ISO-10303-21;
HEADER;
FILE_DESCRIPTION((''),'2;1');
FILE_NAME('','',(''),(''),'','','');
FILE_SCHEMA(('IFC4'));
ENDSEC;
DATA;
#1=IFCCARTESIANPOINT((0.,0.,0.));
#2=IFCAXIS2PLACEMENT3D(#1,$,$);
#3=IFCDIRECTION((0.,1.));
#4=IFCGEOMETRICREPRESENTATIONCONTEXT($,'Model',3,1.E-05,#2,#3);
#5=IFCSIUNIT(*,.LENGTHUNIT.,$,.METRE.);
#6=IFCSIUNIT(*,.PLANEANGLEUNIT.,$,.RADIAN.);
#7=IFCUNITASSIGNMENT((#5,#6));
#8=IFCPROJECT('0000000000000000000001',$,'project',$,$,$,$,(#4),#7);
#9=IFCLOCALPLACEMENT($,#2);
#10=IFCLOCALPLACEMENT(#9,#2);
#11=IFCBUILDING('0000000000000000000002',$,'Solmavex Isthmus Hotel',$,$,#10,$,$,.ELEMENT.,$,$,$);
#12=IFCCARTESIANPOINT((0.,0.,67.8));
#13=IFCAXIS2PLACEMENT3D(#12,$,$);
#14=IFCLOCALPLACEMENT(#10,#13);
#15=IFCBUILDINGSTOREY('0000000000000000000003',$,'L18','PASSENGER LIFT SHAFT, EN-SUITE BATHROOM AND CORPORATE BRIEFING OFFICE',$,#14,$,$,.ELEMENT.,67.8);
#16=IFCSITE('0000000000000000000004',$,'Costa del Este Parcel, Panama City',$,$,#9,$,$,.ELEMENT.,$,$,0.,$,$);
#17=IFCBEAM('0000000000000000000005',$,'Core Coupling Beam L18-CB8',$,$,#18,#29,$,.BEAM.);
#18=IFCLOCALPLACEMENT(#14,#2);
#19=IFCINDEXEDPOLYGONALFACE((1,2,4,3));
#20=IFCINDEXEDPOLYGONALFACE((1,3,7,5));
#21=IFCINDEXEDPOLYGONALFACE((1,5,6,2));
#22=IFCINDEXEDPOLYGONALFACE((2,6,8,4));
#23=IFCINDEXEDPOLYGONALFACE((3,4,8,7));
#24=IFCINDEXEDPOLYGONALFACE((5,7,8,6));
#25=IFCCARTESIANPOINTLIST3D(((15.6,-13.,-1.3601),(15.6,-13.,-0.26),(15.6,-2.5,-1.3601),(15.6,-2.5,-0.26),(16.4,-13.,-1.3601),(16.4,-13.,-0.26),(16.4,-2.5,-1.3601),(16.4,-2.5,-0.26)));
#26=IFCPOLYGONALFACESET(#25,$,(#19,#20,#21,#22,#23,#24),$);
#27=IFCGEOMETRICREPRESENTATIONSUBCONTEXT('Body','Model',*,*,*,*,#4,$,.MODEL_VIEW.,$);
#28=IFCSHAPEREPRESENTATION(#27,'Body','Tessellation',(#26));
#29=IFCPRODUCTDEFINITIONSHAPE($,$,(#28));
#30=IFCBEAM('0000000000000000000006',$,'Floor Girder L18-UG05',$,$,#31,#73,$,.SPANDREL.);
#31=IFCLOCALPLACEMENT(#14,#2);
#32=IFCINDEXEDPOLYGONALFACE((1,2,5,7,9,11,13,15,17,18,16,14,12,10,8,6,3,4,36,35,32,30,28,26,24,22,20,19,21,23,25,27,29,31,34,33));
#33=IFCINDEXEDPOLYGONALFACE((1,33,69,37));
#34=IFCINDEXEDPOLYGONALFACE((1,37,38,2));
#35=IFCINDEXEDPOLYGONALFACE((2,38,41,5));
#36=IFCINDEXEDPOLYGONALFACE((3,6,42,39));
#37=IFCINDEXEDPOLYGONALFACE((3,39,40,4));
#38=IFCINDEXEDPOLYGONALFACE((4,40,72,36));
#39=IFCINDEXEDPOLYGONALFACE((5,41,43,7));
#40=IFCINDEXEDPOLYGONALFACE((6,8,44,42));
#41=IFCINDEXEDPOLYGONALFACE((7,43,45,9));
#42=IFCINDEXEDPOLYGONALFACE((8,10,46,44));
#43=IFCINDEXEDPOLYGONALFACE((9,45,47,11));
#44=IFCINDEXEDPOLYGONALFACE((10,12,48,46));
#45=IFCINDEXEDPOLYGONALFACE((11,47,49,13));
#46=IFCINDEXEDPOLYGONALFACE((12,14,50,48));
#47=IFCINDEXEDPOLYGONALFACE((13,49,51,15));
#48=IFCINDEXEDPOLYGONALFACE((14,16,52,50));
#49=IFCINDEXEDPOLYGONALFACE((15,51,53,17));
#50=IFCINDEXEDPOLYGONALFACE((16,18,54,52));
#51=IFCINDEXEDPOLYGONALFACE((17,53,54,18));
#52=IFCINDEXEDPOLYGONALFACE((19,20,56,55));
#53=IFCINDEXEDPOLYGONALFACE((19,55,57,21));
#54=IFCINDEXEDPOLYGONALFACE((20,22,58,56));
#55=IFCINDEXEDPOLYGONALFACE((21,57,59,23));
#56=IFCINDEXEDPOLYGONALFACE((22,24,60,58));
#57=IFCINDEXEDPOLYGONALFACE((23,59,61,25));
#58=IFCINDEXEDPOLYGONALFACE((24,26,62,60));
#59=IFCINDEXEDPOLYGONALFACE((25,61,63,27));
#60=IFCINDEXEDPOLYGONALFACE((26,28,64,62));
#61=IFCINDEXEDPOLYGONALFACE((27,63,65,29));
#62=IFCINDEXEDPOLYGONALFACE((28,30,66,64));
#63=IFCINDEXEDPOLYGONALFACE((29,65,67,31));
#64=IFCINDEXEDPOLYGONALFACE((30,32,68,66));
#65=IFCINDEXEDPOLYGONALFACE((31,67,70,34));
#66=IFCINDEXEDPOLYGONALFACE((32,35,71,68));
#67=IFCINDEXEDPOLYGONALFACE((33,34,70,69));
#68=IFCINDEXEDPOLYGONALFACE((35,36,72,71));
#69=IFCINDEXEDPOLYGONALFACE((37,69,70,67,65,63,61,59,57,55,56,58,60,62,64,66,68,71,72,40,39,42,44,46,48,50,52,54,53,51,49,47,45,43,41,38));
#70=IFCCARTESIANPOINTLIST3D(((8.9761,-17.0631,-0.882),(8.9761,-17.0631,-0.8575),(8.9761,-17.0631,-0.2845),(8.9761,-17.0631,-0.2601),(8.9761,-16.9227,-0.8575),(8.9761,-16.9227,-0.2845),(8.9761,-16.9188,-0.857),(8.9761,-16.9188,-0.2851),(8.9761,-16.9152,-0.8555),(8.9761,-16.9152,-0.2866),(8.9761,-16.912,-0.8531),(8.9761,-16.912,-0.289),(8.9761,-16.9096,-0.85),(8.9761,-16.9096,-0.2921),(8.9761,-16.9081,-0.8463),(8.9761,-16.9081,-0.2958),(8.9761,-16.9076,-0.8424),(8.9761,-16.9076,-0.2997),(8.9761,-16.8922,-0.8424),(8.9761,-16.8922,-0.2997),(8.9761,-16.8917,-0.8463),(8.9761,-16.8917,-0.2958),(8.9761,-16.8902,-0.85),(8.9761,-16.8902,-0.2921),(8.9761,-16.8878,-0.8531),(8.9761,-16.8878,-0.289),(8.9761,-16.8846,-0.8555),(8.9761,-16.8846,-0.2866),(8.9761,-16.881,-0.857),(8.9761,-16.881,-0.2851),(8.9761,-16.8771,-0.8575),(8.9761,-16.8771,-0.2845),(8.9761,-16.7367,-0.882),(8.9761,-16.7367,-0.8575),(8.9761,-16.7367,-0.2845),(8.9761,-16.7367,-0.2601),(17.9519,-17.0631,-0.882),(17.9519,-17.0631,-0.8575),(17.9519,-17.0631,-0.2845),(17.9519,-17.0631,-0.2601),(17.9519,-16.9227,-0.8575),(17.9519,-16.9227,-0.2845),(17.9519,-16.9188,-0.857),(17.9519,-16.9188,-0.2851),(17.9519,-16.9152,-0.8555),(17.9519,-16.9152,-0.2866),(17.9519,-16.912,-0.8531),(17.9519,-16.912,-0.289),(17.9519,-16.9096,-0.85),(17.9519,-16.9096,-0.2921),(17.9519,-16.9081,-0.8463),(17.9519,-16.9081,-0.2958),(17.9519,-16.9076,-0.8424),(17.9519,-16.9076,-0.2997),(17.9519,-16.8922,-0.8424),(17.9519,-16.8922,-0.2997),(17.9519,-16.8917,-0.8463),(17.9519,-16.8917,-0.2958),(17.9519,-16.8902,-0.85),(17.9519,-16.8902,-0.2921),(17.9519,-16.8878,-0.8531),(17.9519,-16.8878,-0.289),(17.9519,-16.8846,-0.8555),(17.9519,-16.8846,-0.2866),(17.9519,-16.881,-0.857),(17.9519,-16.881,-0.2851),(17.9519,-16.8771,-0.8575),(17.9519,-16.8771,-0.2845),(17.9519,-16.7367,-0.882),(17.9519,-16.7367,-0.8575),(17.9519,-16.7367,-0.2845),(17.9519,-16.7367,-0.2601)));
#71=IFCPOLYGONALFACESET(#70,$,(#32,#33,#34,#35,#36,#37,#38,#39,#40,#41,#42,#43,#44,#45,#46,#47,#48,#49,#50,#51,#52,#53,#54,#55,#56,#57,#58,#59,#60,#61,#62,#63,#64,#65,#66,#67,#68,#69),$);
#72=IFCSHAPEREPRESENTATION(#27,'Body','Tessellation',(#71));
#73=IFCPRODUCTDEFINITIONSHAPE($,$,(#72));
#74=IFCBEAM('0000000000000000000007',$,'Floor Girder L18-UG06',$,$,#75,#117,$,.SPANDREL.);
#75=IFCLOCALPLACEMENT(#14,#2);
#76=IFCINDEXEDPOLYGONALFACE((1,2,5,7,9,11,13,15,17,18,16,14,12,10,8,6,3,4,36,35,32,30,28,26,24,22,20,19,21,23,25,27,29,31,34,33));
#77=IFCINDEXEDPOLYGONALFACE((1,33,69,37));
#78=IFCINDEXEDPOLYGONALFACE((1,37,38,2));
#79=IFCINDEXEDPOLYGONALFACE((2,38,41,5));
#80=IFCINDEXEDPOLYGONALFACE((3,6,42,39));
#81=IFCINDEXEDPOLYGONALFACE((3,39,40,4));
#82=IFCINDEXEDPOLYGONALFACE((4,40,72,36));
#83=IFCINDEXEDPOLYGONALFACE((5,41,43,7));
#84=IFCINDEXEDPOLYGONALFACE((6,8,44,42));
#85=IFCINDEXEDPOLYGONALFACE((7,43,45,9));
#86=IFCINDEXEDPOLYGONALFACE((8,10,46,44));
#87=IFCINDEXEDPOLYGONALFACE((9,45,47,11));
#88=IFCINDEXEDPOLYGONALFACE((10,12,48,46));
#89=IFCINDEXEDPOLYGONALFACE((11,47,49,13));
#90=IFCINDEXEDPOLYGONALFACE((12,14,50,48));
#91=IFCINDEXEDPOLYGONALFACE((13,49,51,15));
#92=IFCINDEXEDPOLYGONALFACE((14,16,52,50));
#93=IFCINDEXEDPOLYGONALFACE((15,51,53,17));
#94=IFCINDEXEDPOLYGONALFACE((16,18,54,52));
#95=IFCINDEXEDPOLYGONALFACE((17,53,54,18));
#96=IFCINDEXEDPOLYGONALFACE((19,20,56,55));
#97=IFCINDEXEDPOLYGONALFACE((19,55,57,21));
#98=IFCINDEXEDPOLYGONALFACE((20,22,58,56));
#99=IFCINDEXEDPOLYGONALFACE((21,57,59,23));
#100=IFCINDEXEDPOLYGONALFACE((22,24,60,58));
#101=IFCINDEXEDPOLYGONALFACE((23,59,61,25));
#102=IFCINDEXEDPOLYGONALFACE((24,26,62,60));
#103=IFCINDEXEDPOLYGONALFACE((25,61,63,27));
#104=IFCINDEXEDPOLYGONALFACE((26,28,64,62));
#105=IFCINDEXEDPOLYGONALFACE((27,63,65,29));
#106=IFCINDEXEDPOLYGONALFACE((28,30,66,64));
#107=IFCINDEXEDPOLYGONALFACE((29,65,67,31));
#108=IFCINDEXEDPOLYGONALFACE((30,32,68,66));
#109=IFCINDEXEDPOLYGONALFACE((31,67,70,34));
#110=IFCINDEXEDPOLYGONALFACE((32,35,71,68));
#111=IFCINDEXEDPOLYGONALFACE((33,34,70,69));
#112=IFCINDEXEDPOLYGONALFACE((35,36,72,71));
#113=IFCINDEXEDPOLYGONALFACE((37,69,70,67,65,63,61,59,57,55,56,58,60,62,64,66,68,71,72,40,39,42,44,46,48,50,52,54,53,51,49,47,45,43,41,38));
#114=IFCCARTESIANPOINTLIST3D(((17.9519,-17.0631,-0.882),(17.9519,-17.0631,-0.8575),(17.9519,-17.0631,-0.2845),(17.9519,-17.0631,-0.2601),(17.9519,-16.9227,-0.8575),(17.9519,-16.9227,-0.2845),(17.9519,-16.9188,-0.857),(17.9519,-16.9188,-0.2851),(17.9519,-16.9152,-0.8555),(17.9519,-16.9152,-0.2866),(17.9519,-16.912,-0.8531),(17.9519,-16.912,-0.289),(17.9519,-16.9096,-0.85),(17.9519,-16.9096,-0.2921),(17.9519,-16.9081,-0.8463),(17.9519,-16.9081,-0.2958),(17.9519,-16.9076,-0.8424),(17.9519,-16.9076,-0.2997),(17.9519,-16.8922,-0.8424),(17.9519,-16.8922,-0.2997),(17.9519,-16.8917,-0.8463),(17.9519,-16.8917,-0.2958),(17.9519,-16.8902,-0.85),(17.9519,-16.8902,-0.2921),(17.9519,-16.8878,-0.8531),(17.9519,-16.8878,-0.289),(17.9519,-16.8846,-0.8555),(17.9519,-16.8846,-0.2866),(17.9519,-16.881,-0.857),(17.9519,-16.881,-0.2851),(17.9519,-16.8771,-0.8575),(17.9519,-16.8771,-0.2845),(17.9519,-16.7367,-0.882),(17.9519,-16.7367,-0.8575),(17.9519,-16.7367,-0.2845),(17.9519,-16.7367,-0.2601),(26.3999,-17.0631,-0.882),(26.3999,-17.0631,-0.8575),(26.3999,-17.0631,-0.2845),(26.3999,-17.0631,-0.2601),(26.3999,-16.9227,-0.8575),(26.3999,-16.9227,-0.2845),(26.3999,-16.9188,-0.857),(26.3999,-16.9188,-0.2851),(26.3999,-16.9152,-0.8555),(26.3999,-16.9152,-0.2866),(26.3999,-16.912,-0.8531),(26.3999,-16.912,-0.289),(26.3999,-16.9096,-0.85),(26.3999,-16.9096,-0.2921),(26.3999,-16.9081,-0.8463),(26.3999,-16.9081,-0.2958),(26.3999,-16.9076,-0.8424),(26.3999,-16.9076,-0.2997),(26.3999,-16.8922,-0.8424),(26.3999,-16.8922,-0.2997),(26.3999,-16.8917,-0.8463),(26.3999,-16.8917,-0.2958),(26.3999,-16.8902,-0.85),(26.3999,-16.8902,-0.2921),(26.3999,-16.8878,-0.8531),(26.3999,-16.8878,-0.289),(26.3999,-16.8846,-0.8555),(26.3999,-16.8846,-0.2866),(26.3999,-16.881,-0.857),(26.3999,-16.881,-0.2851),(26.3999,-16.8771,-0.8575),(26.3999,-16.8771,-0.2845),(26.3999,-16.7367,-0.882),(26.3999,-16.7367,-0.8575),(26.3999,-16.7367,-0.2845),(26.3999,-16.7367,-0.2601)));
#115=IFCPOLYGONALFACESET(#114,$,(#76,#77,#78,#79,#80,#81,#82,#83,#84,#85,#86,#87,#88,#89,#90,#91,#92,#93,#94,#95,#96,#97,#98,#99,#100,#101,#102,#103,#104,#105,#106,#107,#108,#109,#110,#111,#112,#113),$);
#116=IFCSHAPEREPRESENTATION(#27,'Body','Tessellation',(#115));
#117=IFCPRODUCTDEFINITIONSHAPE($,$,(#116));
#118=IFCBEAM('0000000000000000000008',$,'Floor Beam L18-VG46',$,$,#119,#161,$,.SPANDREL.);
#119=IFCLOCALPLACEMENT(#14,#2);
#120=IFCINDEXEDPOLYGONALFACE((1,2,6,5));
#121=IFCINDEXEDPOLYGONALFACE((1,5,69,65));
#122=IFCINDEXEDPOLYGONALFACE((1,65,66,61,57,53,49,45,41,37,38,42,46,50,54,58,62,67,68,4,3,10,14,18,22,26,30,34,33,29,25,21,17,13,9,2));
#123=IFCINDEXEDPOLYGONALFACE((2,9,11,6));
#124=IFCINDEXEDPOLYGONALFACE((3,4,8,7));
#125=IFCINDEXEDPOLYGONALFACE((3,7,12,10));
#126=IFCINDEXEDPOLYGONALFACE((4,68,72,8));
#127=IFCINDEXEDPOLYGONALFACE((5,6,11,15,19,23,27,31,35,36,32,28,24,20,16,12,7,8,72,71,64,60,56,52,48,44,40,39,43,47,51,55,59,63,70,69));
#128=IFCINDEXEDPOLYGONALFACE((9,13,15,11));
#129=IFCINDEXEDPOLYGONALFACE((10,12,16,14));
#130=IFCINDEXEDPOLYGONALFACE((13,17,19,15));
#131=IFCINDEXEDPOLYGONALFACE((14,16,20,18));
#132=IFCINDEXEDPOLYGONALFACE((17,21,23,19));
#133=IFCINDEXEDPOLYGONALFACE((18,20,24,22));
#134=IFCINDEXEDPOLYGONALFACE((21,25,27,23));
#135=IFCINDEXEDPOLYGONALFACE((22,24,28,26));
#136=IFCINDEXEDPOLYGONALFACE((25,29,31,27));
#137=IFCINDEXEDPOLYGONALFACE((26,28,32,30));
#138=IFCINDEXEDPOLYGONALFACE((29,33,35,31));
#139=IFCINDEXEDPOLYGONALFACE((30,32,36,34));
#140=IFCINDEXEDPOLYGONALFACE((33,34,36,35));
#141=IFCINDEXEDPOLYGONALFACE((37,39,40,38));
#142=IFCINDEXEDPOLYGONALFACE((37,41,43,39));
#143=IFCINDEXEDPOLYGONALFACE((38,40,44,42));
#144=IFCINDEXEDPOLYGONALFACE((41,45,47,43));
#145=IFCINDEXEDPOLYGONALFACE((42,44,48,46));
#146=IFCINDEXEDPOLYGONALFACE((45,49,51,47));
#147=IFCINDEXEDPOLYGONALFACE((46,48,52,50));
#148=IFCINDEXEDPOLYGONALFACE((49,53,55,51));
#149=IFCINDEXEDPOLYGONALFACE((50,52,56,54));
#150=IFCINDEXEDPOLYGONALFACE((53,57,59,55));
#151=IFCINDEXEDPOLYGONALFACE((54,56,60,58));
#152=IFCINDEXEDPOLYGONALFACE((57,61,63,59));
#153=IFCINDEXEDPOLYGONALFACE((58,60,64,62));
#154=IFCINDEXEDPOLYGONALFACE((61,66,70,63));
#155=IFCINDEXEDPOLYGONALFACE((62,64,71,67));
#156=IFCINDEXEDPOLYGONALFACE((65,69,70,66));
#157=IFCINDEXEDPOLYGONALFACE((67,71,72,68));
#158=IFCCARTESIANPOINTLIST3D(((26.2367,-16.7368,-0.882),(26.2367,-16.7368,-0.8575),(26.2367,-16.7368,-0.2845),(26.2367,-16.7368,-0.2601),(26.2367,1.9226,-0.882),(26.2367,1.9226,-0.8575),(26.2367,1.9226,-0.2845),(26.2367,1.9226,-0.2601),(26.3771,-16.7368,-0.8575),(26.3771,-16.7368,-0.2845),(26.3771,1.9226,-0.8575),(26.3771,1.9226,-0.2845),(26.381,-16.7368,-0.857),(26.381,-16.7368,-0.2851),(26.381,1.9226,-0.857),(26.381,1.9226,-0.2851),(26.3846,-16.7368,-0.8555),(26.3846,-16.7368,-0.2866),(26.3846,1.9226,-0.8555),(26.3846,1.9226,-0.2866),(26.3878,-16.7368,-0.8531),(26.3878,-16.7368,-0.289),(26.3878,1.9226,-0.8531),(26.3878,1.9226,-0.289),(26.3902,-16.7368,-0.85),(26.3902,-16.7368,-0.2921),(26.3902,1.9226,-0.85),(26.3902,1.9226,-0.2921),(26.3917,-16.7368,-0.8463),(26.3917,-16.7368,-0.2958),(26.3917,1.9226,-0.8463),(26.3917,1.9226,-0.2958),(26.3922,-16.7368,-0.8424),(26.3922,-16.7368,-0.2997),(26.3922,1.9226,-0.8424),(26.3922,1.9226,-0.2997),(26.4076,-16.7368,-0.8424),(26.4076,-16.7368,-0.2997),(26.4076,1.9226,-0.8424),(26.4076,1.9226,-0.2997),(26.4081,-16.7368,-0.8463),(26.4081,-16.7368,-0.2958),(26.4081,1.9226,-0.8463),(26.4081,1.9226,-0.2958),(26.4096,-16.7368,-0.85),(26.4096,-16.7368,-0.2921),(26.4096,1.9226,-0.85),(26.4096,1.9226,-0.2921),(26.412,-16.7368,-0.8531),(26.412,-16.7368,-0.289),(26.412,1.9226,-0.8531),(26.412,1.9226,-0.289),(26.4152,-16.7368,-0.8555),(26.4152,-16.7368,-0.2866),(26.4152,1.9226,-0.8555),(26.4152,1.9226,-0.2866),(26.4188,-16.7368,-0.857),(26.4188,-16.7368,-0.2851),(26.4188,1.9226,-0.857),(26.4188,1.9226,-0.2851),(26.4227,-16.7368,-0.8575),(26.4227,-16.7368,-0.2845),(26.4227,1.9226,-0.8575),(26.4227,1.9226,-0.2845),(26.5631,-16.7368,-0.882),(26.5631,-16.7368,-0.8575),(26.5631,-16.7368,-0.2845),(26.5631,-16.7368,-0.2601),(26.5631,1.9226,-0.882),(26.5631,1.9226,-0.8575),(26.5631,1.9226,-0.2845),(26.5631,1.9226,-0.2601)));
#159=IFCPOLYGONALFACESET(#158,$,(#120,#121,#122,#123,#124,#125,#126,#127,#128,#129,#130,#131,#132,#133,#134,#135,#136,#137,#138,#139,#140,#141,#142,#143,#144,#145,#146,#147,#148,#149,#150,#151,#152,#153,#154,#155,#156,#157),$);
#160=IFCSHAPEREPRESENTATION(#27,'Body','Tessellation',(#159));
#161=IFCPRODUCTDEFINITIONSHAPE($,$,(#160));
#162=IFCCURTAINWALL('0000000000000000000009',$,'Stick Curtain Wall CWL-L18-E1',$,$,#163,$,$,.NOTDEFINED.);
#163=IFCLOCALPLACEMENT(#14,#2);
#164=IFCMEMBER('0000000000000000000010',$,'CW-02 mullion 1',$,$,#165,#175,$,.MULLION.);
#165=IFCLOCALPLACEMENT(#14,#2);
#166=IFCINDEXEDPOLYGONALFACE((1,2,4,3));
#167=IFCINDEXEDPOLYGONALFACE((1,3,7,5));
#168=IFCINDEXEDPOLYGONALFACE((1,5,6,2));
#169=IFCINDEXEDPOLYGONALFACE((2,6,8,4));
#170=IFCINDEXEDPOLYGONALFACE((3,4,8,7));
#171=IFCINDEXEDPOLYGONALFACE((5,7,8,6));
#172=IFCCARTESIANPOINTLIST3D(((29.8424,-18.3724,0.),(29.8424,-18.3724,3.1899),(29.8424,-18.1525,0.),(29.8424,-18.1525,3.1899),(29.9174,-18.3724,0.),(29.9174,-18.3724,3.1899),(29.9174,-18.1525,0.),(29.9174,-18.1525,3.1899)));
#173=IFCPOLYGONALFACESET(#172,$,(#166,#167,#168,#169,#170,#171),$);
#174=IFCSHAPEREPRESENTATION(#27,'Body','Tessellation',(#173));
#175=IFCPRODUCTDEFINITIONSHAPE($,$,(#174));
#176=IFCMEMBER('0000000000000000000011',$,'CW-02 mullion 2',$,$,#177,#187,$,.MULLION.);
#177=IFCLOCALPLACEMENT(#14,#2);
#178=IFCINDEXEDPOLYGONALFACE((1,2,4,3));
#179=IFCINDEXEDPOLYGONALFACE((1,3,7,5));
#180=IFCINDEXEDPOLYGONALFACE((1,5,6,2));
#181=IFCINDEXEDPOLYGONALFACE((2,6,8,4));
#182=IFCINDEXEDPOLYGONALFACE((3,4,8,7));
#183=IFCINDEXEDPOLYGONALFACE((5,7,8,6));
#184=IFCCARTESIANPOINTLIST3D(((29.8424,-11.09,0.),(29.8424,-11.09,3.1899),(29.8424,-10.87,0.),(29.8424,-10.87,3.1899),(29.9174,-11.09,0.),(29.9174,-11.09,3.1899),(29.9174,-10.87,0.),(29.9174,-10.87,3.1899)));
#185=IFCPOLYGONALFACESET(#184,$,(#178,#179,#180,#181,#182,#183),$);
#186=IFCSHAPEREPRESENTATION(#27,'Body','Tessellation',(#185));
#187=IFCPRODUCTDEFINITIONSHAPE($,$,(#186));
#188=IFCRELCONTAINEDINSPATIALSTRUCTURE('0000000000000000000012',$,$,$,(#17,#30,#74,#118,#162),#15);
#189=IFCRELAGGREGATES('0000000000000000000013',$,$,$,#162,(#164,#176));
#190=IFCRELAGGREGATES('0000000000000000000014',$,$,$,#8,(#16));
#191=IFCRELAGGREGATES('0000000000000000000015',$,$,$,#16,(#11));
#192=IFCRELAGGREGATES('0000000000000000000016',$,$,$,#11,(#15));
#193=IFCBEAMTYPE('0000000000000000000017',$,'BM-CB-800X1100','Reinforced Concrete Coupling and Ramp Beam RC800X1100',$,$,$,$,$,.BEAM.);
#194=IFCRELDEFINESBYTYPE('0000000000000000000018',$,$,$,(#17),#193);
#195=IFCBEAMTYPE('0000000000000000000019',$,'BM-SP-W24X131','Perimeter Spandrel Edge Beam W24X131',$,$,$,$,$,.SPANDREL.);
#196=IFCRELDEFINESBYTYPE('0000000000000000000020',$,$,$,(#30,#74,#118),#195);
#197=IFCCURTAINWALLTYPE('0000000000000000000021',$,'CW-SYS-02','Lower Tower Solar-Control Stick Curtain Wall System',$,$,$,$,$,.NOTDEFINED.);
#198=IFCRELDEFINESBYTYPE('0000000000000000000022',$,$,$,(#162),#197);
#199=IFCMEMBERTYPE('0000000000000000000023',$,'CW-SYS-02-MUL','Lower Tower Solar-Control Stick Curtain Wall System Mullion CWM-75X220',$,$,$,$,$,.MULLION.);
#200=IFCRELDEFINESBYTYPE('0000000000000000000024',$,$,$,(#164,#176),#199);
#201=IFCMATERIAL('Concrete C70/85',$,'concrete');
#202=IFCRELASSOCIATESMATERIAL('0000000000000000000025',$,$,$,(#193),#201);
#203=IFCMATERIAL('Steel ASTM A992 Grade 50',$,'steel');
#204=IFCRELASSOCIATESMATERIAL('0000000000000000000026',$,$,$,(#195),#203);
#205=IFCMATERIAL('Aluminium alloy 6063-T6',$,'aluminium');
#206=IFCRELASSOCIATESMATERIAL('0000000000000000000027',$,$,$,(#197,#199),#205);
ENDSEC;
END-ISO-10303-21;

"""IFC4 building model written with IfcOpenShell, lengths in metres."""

from ifc_helpers import new_model, si_unit, direction, frame, origin, origin_2d, place, context, subcontext, project, spatial, rectangle, i_section, extrude, material, material_profile, profile_set, type_object, element, aggregate, save


model = new_model("IFC4")

# Units and contexts
model_context = context("Model", 3, precision=1e-05, world=origin(), true_north=direction((0.0, 1.0)))
body_context = subcontext(model_context, "Body", "Model", "MODEL_VIEW")
ifc_project = project(units=[si_unit("LENGTHUNIT", "METRE"), si_unit("PLANEANGLEUNIT", "RADIAN")], contexts=[model_context])

# Site, building, storey
site_placement = place(None, origin())
site = spatial("IfcSite", under=ifc_project, at=site_placement, Name="Costa del Este Parcel, Panama City", CompositionType="ELEMENT", RefElevation=0.0)
building_placement = place(site_placement, origin())
building = spatial("IfcBuilding", under=site, at=building_placement, Name="Solmavex Isthmus Hotel", CompositionType="ELEMENT")
storey_placement = place(building_placement, frame((0.0, 0.0, 67.8)))
storey = spatial("IfcBuildingStorey", under=building, at=storey_placement, Name="L18", Description="PASSENGER LIFT SHAFT, EN-SUITE BATHROOM AND CORPORATE BRIEFING OFFICE", CompositionType="ELEMENT", Elevation=67.8)

# Shared definitions
ifc_material_1 = material(Name="Concrete C70/85", Category="concrete")

# Beams
ifc_material_2 = material(Name="Steel ASTM A992 Grade 50", Category="steel")
ifc_material_profile_1 = material_profile(ifc_material_1, rectangle(XDim=0.8, YDim=1.1001, at=origin_2d()), Name="RC800X1100")
ifc_profile_set_1 = profile_set([ifc_material_profile_1], Name="Concrete C70/85")
beam_type_1 = type_object("IfcBeamType", Name="BM-CB-800X1100", Description="Reinforced Concrete Coupling and Ramp Beam RC800X1100", PredefinedType="BEAM", material=ifc_profile_set_1)
beam_1_placement = place(storey_placement, frame((16.0, -13.0, -0.8101), z_axis=(0.0, 1.0, 0.0), x_axis=(-1.0, 0.0, 0.0)))
element("IfcBeam", 1, at=beam_1_placement, inside=storey, type_object=beam_type_1, Name="Core Coupling Beam L18-CB8", PredefinedType="BEAM", context=body_context, shape_type="SweptSolid", body=[
    extrude(rectangle(XDim=0.8, YDim=1.1001, at=origin_2d()), origin(), (0.0, 0.0, 1.0), 10.5),
])
ifc_material_profile_2 = material_profile(ifc_material_2, i_section(OverallWidth=0.3264, OverallDepth=0.6218, WebThickness=0.0154, FlangeThickness=0.0244, FilletRadius=0.0151, at=origin_2d()), Name="W24X131")
ifc_profile_set_2 = profile_set([ifc_material_profile_2], Name="Steel ASTM A992 Grade 50")
beam_type_2 = type_object("IfcBeamType", Name="BM-SP-W24X131", Description="Perimeter Spandrel Edge Beam W24X131", PredefinedType="SPANDREL", material=ifc_profile_set_2)
beam_2_placement = place(storey_placement, frame((8.9761, -16.8999, -0.571), z_axis=(1.0, 0.0, 0.0), x_axis=(0.0, 1.0, 0.0)))
element("IfcBeam", 2, at=beam_2_placement, inside=storey, type_object=beam_type_2, Name="Floor Girder L18-UG05", PredefinedType="SPANDREL", context=body_context, shape_type="SweptSolid", body=[
    extrude(i_section(OverallWidth=0.3264, OverallDepth=0.6218, WebThickness=0.0154, FlangeThickness=0.0244, FilletRadius=0.0151, at=origin_2d()), origin(), (0.0, 0.0, 1.0), 8.9758),
])
beam_3_placement = place(storey_placement, frame((17.9519, -16.8999, -0.571), z_axis=(1.0, 0.0, 0.0), x_axis=(0.0, 1.0, 0.0)))
element("IfcBeam", 3, at=beam_3_placement, inside=storey, type_object=beam_type_2, Name="Floor Girder L18-UG06", PredefinedType="SPANDREL", context=body_context, shape_type="SweptSolid", body=[
    extrude(i_section(OverallWidth=0.3264, OverallDepth=0.6218, WebThickness=0.0154, FlangeThickness=0.0244, FilletRadius=0.0151, at=origin_2d()), origin(), (0.0, 0.0, 1.0), 8.448),
])
beam_4_placement = place(storey_placement, frame((26.3999, -16.7368, -0.571), z_axis=(0.0, 1.0, 0.0), x_axis=(-1.0, 0.0, 0.0)))
element("IfcBeam", 4, at=beam_4_placement, inside=storey, type_object=beam_type_2, Name="Floor Beam L18-VG46", PredefinedType="SPANDREL", context=body_context, shape_type="SweptSolid", body=[
    extrude(i_section(OverallWidth=0.3264, OverallDepth=0.6218, WebThickness=0.0154, FlangeThickness=0.0244, FilletRadius=0.0151, at=origin_2d()), origin(), (0.0, 0.0, 1.0), 18.6594),
])

# Curtain wall, members
ifc_material_3 = material(Name="Aluminium alloy 6063-T6", Category="aluminium")
curtain_wall_type = type_object("IfcCurtainWallType", Name="CW-SYS-02", Description="Lower Tower Solar-Control Stick Curtain Wall System", PredefinedType="NOTDEFINED", material=ifc_material_3)
curtain_wall_placement = place(storey_placement, origin())
curtain_wall = element("IfcCurtainWall", 5, at=curtain_wall_placement, inside=storey, type_object=curtain_wall_type, Name="Stick Curtain Wall CWL-L18-E1", PredefinedType="NOTDEFINED")
ifc_material_profile_3 = material_profile(ifc_material_3, rectangle(XDim=0.075, YDim=0.22, at=origin_2d()), Name="CWM-75X220")
ifc_profile_set_3 = profile_set([ifc_material_profile_3], Name="Aluminium alloy 6063-T6")
member_type_1 = type_object("IfcMemberType", Name="CW-SYS-02-MUL", Description="Lower Tower Solar-Control Stick Curtain Wall System Mullion CWM-75X220", PredefinedType="MULLION", material=ifc_profile_set_3)
member_1_placement = place(storey_placement, frame((29.8799, -18.2625, 0.0), z_axis=(0.0, 0.0, 1.0), x_axis=(-1.0, 0.0, 0.0)))
member_1 = element("IfcMember", 6, at=member_1_placement, type_object=member_type_1, Name="CW-02 mullion 1", PredefinedType="MULLION", context=body_context, shape_type="SweptSolid", body=[
    extrude(rectangle(XDim=0.075, YDim=0.22, at=origin_2d()), origin(), (0.0, 0.0, 1.0), 3.1899),
])
member_2_placement = place(storey_placement, frame((29.8799, -10.98, 0.0), z_axis=(0.0, 0.0, 1.0), x_axis=(-1.0, 0.0, 0.0)))
member_2 = element("IfcMember", 7, at=member_2_placement, type_object=member_type_1, Name="CW-02 mullion 2", PredefinedType="MULLION", context=body_context, shape_type="SweptSolid", body=[
    extrude(rectangle(XDim=0.075, YDim=0.22, at=origin_2d()), origin(), (0.0, 0.0, 1.0), 3.1899),
])
aggregate(curtain_wall, [member_1, member_2])

save(model, "model.ifc")
